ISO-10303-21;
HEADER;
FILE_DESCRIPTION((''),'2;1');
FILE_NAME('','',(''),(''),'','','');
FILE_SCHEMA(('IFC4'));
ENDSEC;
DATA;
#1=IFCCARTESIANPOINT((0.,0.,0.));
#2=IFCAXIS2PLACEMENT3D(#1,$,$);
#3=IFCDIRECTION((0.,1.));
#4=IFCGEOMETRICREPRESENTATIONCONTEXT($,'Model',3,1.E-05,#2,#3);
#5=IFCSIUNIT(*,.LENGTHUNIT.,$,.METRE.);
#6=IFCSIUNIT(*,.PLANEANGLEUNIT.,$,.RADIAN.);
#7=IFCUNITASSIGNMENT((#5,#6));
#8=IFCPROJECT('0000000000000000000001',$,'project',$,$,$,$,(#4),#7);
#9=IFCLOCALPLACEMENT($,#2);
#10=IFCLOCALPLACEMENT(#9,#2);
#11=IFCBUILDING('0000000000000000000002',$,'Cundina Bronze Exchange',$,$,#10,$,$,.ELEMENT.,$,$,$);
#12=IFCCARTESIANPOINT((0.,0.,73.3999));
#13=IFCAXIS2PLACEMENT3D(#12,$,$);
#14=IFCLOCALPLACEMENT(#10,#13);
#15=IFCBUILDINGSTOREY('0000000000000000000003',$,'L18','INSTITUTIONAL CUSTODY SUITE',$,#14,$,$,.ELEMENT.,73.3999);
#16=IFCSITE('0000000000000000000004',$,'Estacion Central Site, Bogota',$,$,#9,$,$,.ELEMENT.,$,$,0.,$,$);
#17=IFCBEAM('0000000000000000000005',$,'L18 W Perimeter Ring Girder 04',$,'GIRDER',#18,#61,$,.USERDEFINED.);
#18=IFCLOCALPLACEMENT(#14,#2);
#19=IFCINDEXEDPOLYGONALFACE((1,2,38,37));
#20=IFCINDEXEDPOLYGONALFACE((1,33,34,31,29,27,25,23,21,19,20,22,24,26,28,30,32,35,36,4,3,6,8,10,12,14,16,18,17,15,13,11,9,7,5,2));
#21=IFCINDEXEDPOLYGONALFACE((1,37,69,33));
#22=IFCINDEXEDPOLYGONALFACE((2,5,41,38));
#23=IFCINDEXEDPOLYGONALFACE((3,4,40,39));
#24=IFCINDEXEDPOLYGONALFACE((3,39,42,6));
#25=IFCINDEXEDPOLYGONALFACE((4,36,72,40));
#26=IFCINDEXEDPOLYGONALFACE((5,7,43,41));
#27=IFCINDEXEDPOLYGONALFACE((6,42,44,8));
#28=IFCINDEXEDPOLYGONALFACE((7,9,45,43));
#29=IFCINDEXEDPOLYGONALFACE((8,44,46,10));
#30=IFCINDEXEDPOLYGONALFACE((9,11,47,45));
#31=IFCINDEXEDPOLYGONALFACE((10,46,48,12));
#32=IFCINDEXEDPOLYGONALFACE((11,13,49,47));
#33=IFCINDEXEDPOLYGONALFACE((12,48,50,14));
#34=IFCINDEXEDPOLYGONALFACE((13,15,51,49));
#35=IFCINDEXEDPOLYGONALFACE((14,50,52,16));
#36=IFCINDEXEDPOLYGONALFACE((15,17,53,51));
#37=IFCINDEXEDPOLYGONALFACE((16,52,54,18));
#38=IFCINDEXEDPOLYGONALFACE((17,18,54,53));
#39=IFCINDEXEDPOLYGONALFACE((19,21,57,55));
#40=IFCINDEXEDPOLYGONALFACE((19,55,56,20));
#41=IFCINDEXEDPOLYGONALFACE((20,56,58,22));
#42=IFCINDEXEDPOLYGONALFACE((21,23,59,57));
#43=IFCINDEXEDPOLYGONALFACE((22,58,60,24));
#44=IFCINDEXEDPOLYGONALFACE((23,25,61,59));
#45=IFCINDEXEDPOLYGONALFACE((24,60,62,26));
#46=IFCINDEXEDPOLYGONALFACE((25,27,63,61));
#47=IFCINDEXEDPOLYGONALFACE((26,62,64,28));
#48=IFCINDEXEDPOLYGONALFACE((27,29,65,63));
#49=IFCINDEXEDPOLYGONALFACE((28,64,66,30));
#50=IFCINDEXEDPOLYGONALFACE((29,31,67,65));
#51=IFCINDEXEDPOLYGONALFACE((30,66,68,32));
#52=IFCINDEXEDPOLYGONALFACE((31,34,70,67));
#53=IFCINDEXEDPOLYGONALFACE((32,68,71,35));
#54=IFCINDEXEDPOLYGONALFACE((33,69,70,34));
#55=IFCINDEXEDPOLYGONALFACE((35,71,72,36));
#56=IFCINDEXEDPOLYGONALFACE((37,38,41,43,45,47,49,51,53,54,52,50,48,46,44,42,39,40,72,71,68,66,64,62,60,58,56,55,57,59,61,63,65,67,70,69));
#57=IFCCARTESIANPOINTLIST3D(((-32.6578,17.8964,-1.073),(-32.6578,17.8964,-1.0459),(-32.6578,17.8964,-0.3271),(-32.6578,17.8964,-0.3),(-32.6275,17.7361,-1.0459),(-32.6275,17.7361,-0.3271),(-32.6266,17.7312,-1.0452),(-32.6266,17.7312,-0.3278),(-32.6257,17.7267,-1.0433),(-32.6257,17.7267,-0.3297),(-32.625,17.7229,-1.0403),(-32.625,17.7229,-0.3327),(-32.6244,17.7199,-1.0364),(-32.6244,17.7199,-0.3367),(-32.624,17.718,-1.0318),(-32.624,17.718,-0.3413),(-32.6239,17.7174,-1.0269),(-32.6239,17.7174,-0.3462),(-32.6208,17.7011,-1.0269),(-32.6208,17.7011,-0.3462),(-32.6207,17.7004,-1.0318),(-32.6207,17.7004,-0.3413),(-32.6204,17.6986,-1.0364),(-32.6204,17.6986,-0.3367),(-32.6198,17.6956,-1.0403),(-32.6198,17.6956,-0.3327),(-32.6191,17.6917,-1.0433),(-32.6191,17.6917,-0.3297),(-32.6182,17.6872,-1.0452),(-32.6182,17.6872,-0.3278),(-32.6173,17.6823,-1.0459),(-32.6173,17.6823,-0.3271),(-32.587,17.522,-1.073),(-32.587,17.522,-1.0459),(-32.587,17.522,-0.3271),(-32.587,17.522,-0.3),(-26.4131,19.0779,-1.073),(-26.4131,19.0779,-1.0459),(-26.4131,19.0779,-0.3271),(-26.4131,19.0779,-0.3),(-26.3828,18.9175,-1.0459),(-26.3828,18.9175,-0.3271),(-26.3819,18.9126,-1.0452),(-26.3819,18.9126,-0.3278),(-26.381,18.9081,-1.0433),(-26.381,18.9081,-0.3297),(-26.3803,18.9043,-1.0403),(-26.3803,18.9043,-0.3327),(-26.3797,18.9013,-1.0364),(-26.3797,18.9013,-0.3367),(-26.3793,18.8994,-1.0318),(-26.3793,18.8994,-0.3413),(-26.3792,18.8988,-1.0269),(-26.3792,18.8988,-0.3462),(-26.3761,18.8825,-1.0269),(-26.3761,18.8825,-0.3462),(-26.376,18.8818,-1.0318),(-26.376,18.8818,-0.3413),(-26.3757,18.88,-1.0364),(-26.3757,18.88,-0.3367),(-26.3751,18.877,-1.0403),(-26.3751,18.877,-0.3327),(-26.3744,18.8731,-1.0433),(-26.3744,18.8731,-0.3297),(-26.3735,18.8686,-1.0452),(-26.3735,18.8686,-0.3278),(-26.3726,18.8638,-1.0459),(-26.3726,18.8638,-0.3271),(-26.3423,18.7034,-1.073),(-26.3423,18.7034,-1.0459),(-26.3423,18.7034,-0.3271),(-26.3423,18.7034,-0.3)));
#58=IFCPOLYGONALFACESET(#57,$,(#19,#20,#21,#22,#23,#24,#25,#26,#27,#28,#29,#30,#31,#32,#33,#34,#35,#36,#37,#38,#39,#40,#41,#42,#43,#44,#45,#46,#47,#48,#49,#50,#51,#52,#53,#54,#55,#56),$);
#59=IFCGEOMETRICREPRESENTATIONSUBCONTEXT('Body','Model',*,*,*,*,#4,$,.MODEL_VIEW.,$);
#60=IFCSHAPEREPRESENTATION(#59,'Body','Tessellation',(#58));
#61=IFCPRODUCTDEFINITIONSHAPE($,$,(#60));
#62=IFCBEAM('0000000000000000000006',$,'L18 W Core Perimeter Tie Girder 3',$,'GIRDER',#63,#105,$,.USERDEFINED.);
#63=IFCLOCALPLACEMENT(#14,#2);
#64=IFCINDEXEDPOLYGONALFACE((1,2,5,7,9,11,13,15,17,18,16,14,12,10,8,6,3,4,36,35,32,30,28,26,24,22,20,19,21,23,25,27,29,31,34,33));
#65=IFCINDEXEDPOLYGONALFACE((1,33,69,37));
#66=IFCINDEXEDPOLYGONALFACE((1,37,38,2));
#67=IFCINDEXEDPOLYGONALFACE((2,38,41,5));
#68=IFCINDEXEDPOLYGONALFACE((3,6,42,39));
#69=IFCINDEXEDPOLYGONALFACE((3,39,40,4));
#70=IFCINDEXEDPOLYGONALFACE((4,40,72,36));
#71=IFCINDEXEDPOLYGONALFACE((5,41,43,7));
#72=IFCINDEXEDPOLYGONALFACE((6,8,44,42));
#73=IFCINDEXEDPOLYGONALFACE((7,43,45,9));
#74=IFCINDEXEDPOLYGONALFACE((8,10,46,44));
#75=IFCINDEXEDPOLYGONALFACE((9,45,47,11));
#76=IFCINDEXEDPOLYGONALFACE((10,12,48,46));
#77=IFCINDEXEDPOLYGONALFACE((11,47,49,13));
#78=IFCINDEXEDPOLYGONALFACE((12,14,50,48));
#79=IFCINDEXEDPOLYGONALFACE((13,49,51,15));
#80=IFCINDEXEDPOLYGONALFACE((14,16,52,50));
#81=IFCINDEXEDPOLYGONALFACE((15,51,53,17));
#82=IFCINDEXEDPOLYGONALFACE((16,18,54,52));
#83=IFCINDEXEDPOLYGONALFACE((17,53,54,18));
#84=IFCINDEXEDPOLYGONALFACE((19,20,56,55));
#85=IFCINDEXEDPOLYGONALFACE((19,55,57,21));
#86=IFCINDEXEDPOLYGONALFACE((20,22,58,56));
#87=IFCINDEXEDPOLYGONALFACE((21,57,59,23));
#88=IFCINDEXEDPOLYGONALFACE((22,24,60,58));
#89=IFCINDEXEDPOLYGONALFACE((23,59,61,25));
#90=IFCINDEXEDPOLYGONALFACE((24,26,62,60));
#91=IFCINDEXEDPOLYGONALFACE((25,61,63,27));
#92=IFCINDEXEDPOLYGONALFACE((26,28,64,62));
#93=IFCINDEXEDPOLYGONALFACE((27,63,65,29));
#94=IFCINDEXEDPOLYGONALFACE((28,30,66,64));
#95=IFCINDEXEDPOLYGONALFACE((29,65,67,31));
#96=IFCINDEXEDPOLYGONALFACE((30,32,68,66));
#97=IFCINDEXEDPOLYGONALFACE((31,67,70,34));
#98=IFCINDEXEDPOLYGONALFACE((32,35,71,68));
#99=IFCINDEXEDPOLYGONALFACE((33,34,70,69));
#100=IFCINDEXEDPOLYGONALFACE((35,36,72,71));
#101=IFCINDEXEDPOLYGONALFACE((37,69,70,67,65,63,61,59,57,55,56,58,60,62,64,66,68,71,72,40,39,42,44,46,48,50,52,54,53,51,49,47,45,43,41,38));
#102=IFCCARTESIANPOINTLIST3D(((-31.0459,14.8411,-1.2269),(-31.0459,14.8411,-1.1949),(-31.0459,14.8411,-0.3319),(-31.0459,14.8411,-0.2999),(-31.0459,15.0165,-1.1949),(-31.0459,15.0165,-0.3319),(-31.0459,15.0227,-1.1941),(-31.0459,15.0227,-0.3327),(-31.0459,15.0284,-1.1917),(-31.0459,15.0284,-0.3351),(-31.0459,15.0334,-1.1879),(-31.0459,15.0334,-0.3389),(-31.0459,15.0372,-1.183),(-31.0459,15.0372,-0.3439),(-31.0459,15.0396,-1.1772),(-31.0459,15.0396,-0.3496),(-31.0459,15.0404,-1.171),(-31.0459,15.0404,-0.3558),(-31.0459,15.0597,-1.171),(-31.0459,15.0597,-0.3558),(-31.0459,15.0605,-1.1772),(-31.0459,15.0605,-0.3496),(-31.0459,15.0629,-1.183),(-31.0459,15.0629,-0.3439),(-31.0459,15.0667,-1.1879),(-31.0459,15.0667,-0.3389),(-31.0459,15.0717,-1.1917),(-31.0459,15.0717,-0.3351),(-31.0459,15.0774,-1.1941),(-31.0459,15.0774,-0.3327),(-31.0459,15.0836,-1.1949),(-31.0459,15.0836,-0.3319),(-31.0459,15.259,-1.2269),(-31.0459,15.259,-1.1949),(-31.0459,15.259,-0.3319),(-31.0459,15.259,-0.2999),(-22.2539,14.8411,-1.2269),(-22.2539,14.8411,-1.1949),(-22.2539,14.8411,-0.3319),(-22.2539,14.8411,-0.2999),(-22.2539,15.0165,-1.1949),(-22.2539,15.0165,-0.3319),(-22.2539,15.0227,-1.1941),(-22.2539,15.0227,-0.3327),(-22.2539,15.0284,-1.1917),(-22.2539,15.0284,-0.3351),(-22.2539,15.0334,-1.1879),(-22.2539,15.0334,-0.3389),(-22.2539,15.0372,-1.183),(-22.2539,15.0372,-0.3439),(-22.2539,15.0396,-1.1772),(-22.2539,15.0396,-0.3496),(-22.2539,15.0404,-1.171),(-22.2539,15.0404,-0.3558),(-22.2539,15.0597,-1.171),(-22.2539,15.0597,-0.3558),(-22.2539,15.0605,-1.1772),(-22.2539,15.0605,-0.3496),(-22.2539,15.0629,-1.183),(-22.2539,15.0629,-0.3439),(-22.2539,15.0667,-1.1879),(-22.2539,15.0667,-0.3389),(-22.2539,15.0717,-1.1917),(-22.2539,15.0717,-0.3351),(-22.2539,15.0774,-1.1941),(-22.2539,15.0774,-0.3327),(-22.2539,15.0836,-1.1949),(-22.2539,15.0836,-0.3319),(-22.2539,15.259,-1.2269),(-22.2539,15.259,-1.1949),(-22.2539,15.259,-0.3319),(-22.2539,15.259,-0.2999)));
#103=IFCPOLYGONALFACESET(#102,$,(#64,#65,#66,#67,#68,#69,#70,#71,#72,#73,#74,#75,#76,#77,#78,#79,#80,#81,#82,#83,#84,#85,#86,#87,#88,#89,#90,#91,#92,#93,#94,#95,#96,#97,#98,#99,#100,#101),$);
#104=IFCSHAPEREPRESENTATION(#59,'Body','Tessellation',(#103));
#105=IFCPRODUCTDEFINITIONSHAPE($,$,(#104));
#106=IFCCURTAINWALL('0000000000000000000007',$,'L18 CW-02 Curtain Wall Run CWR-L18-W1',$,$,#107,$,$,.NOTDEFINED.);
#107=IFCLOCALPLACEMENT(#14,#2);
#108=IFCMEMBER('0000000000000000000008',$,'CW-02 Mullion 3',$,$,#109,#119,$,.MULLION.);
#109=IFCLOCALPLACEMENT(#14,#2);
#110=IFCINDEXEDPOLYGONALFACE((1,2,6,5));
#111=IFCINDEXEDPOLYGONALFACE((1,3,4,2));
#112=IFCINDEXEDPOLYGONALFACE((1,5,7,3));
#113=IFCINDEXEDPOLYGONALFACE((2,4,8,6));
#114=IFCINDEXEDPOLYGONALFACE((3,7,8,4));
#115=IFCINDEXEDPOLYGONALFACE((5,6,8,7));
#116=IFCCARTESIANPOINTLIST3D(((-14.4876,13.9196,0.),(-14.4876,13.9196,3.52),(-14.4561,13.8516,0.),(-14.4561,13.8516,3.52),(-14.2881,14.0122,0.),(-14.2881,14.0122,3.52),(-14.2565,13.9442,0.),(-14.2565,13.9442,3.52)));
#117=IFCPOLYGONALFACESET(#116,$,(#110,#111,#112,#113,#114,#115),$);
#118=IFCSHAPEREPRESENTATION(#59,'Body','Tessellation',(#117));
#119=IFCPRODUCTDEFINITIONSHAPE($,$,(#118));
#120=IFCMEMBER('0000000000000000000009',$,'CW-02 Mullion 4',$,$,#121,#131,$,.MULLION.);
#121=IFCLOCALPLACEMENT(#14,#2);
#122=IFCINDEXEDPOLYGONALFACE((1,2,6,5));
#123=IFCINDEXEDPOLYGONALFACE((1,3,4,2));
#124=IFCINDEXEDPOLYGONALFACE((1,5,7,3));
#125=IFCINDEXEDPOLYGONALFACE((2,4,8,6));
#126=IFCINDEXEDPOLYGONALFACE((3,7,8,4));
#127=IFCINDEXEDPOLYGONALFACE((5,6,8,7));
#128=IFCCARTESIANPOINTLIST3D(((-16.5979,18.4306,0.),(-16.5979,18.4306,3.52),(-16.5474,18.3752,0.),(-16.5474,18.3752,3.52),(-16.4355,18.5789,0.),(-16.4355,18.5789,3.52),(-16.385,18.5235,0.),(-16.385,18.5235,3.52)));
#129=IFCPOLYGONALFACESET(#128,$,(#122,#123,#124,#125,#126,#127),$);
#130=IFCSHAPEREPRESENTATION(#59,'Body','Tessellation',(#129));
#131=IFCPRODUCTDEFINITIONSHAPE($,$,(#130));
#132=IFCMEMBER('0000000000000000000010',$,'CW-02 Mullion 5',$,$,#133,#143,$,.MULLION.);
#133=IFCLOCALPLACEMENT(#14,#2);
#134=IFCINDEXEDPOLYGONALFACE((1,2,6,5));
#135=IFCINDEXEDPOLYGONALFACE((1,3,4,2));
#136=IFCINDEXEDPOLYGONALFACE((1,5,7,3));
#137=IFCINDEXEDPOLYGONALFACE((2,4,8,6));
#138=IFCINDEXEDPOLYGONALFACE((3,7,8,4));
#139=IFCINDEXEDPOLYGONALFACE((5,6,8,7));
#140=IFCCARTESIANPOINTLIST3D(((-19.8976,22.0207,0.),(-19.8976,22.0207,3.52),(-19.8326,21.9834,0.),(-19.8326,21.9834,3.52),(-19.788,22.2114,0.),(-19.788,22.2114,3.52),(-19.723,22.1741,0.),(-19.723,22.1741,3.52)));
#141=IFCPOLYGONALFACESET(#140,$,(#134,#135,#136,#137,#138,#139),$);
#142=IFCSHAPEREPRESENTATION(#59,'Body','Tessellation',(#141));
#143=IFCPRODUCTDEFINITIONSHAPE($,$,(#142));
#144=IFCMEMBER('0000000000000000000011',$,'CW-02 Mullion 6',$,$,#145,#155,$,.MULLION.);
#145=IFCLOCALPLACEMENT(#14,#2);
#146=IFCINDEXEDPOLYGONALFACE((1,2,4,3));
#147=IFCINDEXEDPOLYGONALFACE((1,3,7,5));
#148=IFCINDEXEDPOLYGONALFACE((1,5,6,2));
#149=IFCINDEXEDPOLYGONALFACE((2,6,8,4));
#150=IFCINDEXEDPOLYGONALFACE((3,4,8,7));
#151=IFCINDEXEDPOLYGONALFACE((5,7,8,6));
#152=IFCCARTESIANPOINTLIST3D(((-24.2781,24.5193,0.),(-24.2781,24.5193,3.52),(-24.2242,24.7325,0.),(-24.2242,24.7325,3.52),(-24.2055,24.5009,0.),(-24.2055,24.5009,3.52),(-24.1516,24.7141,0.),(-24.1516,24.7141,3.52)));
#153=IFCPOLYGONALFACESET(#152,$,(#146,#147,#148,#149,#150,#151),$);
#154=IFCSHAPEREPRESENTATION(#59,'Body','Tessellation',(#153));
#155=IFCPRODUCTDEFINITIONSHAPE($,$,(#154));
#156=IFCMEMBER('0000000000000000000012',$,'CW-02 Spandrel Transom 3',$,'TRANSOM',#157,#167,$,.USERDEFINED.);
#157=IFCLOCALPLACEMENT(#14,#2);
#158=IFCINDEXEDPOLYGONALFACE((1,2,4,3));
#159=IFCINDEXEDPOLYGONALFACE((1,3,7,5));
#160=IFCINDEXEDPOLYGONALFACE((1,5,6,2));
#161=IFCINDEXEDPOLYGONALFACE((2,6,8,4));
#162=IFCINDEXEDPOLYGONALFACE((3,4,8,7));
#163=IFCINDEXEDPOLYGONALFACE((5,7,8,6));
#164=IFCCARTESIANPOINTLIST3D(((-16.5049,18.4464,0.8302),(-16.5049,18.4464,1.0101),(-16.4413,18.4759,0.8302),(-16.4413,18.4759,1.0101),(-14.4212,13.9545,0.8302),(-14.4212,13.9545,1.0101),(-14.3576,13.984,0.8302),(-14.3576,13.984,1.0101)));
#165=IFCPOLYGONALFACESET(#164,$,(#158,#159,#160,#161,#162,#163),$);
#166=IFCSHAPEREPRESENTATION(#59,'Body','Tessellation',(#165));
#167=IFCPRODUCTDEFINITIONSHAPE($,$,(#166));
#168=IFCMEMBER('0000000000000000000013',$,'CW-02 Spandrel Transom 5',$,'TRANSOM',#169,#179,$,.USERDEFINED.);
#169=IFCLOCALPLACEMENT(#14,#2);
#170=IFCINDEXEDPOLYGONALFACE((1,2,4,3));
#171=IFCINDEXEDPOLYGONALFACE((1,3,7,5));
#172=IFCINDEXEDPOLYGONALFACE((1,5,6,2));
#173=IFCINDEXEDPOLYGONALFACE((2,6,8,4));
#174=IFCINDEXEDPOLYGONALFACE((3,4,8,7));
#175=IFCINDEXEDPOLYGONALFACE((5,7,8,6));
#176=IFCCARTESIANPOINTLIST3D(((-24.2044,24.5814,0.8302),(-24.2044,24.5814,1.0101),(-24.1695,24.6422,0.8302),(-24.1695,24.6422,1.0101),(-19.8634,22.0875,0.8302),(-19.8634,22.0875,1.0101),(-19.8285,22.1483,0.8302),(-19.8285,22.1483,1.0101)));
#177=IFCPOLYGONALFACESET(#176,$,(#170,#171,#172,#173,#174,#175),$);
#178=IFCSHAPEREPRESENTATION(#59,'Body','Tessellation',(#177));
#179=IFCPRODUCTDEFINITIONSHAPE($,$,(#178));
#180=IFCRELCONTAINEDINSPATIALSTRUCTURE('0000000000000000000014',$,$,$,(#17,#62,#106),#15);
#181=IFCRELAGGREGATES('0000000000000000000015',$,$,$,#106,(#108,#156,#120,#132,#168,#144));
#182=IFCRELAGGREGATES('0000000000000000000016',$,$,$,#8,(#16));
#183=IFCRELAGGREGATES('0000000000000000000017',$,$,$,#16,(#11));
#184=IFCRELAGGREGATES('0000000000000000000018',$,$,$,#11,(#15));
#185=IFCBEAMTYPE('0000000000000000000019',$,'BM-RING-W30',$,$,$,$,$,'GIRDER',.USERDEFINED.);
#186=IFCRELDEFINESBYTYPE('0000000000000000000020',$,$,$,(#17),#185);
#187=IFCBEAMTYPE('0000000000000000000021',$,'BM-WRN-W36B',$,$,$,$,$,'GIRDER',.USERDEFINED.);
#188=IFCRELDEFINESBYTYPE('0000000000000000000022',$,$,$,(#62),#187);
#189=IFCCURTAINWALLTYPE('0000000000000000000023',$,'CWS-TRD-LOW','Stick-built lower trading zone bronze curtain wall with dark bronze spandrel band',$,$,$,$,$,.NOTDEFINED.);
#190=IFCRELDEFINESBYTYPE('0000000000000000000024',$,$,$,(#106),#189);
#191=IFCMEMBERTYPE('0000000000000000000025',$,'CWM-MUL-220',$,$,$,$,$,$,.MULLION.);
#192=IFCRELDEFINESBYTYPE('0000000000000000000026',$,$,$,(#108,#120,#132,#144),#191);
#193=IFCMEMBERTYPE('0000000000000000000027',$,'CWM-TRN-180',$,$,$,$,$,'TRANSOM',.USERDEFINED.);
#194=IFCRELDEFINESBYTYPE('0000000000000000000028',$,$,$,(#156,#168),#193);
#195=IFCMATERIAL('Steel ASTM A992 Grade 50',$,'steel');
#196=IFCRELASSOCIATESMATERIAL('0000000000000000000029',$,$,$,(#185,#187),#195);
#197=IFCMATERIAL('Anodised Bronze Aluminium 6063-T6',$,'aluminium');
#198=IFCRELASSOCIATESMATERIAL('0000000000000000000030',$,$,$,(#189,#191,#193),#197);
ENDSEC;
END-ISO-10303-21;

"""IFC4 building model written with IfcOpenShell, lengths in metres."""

from ifc_helpers import new_model, si_unit, direction, frame, origin, origin_2d, place, context, subcontext, project, spatial, rectangle, i_section, extrude, material, material_profile, profile_set, type_object, element, aggregate, save


model = new_model("IFC4")

# Units and contexts
model_context = context("Model", 3, precision=1e-05, world=origin(), true_north=direction((0.0, 1.0)))
body_context = subcontext(model_context, "Body", "Model", "MODEL_VIEW")
ifc_project = project(units=[si_unit("LENGTHUNIT", "METRE"), si_unit("PLANEANGLEUNIT", "RADIAN")], contexts=[model_context])

# Site, building, storey
site_placement = place(None, origin())
site = spatial("IfcSite", under=ifc_project, at=site_placement, Name="Estacion Central Site, Bogota", CompositionType="ELEMENT", RefElevation=0.0)
building_placement = place(site_placement, origin())
building = spatial("IfcBuilding", under=site, at=building_placement, Name="Cundina Bronze Exchange", CompositionType="ELEMENT")
storey_placement = place(building_placement, frame((0.0, 0.0, 73.3999)))
storey = spatial("IfcBuildingStorey", under=building, at=storey_placement, Name="L18", Description="INSTITUTIONAL CUSTODY SUITE", CompositionType="ELEMENT", Elevation=73.3999)

# Shared definitions
ifc_material_1 = material(Name="Steel ASTM A992 Grade 50", Category="steel")

# Beams
ifc_material_profile_1 = material_profile(ifc_material_1, i_section(OverallWidth=0.3811, OverallDepth=0.7729, WebThickness=0.0166, FlangeThickness=0.0271, FilletRadius=0.019, at=origin_2d()), Name="W30X173", Category="steel")
ifc_profile_set_1 = profile_set([ifc_material_profile_1], Name="Steel ASTM A992 Grade 50")
beam_type_1 = type_object("IfcBeamType", Name="BM-RING-W30", ElementType="GIRDER", PredefinedType="USERDEFINED", material=ifc_profile_set_1)
beam_1_placement = place(storey_placement, frame((-26.3777, 18.8906, -0.6865), z_axis=(-0.982571, -0.185889, 0.0), x_axis=(0.185889, -0.982571, 0.0)))
element("IfcBeam", 1, at=beam_1_placement, inside=storey, type_object=beam_type_1, Name="L18 W Perimeter Ring Girder 04", ObjectType="GIRDER", PredefinedType="USERDEFINED", context=body_context, shape_type="SweptSolid", body=[
    extrude(i_section(OverallWidth=0.3811, OverallDepth=0.7729, WebThickness=0.0166, FlangeThickness=0.0271, FilletRadius=0.019, at=origin_2d()), origin(), (0.0, 0.0, 1.0), 6.3555),
])
ifc_material_profile_2 = material_profile(ifc_material_1, i_section(OverallWidth=0.418, OverallDepth=0.927, WebThickness=0.0193, FlangeThickness=0.032, FilletRadius=0.0239, at=origin_2d()), Name="W36X231", Category="steel")
ifc_profile_set_2 = profile_set([ifc_material_profile_2], Name="Steel ASTM A992 Grade 50")
beam_type_2 = type_object("IfcBeamType", Name="BM-WRN-W36B", ElementType="GIRDER", PredefinedType="USERDEFINED", material=ifc_profile_set_2)
beam_2_placement = place(storey_placement, frame((-22.2539, 15.05, -0.7634), z_axis=(-1.0, 0.0, 0.0), x_axis=(0.0, -1.0, 0.0)))
element("IfcBeam", 2, at=beam_2_placement, inside=storey, type_object=beam_type_2, Name="L18 W Core Perimeter Tie Girder 3", ObjectType="GIRDER", PredefinedType="USERDEFINED", context=body_context, shape_type="SweptSolid", body=[
    extrude(i_section(OverallWidth=0.418, OverallDepth=0.927, WebThickness=0.0193, FlangeThickness=0.032, FilletRadius=0.0239, at=origin_2d()), origin(), (0.0, 0.0, 1.0), 8.792),
])

# Curtain wall, members
ifc_material_2 = material(Name="Anodised Bronze Aluminium 6063-T6", Category="aluminium")
curtain_wall_type = type_object("IfcCurtainWallType", Name="CWS-TRD-LOW", Description="Stick-built lower trading zone bronze curtain wall with dark bronze spandrel band", PredefinedType="NOTDEFINED", material=ifc_material_2)
curtain_wall_placement = place(storey_placement, origin())
curtain_wall = element("IfcCurtainWall", 3, at=curtain_wall_placement, inside=storey, type_object=curtain_wall_type, Name="L18 CW-02 Curtain Wall Run CWR-L18-W1", PredefinedType="NOTDEFINED")
ifc_material_profile_3 = material_profile(ifc_material_2, rectangle(XDim=0.075, YDim=0.22, at=origin_2d()), Name="AL75X220", Category="aluminium")
ifc_profile_set_3 = profile_set([ifc_material_profile_3], Name="Anodised Bronze Aluminium 6063-T6")
member_type_1 = type_object("IfcMemberType", Name="CWM-MUL-220", PredefinedType="MULLION", material=ifc_profile_set_3)
member_1_placement = place(storey_placement, frame((-14.3721, 13.9319, 0.0), z_axis=(0.0, 0.0, 1.0), x_axis=(-0.420877, 0.907117, 0.0)))
member_1 = element("IfcMember", 4, at=member_1_placement, type_object=member_type_1, Name="CW-02 Mullion 3", PredefinedType="MULLION", context=body_context, shape_type="SweptSolid", body=[
    extrude(rectangle(XDim=0.075, YDim=0.22, at=origin_2d()), origin(), (0.0, 0.0, 1.0), 3.52),
])
member_2_placement = place(storey_placement, frame((-16.4915, 18.4771, 0.0), z_axis=(0.0, 0.0, 1.0), x_axis=(-0.674302, 0.738455, 0.0)))
member_2 = element("IfcMember", 5, at=member_2_placement, type_object=member_type_1, Name="CW-02 Mullion 4", PredefinedType="MULLION", context=body_context, shape_type="SweptSolid", body=[
    extrude(rectangle(XDim=0.075, YDim=0.22, at=origin_2d()), origin(), (0.0, 0.0, 1.0), 3.52),
])
member_3_placement = place(storey_placement, frame((-19.8103, 22.0974, 0.0), z_axis=(0.0, 0.0, 1.0), x_axis=(-0.867071, 0.498185, 0.0)))
member_3 = element("IfcMember", 6, at=member_3_placement, type_object=member_type_1, Name="CW-02 Mullion 5", PredefinedType="MULLION", context=body_context, shape_type="SweptSolid", body=[
    extrude(rectangle(XDim=0.075, YDim=0.22, at=origin_2d()), origin(), (0.0, 0.0, 1.0), 3.52),
])
member_4_placement = place(storey_placement, frame((-24.2148, 24.6167, 0.0), z_axis=(0.0, 0.0, 1.0), x_axis=(-0.969488, 0.245138, 0.0)))
member_4 = element("IfcMember", 7, at=member_4_placement, type_object=member_type_1, Name="CW-02 Mullion 6", PredefinedType="MULLION", context=body_context, shape_type="SweptSolid", body=[
    extrude(rectangle(XDim=0.075, YDim=0.22, at=origin_2d()), origin(), (0.0, 0.0, 1.0), 3.52),
])
ifc_material_profile_4 = material_profile(ifc_material_2, rectangle(XDim=0.0701, YDim=0.1799, at=origin_2d()), Name="AL70X180", Category="aluminium")
ifc_profile_set_4 = profile_set([ifc_material_profile_4], Name="Anodised Bronze Aluminium 6063-T6")
member_type_2 = type_object("IfcMemberType", Name="CWM-TRN-180", ElementType="TRANSOM", PredefinedType="USERDEFINED", material=ifc_profile_set_4)
member_5_placement = place(storey_placement, frame((-14.3894, 13.9692, 0.9202), z_axis=(-0.420811, 0.907148, 0.0), x_axis=(-0.907148, -0.420811, 0.0)))
member_5 = element("IfcMember", 8, at=member_5_placement, type_object=member_type_2, Name="CW-02 Spandrel Transom 3", ObjectType="TRANSOM", PredefinedType="USERDEFINED", context=body_context, shape_type="SweptSolid", body=[
    extrude(rectangle(XDim=0.0701, YDim=0.1799, at=origin_2d()), origin(), (0.0, 0.0, 1.0), 4.9517),
])
member_6_placement = place(storey_placement, frame((-19.8459, 22.1179, 0.9202), z_axis=(-0.867097, 0.498139, 0.0), x_axis=(-0.498139, -0.867097, 0.0)))
member_6 = element("IfcMember", 9, at=member_6_placement, type_object=member_type_2, Name="CW-02 Spandrel Transom 5", ObjectType="TRANSOM", PredefinedType="USERDEFINED", context=body_context, shape_type="SweptSolid", body=[
    extrude(rectangle(XDim=0.0701, YDim=0.1799, at=origin_2d()), origin(), (0.0, 0.0, 1.0), 5.0063),
])
aggregate(curtain_wall, [member_1, member_5, member_2, member_3, member_6, member_4])

save(model, "model.ifc")
